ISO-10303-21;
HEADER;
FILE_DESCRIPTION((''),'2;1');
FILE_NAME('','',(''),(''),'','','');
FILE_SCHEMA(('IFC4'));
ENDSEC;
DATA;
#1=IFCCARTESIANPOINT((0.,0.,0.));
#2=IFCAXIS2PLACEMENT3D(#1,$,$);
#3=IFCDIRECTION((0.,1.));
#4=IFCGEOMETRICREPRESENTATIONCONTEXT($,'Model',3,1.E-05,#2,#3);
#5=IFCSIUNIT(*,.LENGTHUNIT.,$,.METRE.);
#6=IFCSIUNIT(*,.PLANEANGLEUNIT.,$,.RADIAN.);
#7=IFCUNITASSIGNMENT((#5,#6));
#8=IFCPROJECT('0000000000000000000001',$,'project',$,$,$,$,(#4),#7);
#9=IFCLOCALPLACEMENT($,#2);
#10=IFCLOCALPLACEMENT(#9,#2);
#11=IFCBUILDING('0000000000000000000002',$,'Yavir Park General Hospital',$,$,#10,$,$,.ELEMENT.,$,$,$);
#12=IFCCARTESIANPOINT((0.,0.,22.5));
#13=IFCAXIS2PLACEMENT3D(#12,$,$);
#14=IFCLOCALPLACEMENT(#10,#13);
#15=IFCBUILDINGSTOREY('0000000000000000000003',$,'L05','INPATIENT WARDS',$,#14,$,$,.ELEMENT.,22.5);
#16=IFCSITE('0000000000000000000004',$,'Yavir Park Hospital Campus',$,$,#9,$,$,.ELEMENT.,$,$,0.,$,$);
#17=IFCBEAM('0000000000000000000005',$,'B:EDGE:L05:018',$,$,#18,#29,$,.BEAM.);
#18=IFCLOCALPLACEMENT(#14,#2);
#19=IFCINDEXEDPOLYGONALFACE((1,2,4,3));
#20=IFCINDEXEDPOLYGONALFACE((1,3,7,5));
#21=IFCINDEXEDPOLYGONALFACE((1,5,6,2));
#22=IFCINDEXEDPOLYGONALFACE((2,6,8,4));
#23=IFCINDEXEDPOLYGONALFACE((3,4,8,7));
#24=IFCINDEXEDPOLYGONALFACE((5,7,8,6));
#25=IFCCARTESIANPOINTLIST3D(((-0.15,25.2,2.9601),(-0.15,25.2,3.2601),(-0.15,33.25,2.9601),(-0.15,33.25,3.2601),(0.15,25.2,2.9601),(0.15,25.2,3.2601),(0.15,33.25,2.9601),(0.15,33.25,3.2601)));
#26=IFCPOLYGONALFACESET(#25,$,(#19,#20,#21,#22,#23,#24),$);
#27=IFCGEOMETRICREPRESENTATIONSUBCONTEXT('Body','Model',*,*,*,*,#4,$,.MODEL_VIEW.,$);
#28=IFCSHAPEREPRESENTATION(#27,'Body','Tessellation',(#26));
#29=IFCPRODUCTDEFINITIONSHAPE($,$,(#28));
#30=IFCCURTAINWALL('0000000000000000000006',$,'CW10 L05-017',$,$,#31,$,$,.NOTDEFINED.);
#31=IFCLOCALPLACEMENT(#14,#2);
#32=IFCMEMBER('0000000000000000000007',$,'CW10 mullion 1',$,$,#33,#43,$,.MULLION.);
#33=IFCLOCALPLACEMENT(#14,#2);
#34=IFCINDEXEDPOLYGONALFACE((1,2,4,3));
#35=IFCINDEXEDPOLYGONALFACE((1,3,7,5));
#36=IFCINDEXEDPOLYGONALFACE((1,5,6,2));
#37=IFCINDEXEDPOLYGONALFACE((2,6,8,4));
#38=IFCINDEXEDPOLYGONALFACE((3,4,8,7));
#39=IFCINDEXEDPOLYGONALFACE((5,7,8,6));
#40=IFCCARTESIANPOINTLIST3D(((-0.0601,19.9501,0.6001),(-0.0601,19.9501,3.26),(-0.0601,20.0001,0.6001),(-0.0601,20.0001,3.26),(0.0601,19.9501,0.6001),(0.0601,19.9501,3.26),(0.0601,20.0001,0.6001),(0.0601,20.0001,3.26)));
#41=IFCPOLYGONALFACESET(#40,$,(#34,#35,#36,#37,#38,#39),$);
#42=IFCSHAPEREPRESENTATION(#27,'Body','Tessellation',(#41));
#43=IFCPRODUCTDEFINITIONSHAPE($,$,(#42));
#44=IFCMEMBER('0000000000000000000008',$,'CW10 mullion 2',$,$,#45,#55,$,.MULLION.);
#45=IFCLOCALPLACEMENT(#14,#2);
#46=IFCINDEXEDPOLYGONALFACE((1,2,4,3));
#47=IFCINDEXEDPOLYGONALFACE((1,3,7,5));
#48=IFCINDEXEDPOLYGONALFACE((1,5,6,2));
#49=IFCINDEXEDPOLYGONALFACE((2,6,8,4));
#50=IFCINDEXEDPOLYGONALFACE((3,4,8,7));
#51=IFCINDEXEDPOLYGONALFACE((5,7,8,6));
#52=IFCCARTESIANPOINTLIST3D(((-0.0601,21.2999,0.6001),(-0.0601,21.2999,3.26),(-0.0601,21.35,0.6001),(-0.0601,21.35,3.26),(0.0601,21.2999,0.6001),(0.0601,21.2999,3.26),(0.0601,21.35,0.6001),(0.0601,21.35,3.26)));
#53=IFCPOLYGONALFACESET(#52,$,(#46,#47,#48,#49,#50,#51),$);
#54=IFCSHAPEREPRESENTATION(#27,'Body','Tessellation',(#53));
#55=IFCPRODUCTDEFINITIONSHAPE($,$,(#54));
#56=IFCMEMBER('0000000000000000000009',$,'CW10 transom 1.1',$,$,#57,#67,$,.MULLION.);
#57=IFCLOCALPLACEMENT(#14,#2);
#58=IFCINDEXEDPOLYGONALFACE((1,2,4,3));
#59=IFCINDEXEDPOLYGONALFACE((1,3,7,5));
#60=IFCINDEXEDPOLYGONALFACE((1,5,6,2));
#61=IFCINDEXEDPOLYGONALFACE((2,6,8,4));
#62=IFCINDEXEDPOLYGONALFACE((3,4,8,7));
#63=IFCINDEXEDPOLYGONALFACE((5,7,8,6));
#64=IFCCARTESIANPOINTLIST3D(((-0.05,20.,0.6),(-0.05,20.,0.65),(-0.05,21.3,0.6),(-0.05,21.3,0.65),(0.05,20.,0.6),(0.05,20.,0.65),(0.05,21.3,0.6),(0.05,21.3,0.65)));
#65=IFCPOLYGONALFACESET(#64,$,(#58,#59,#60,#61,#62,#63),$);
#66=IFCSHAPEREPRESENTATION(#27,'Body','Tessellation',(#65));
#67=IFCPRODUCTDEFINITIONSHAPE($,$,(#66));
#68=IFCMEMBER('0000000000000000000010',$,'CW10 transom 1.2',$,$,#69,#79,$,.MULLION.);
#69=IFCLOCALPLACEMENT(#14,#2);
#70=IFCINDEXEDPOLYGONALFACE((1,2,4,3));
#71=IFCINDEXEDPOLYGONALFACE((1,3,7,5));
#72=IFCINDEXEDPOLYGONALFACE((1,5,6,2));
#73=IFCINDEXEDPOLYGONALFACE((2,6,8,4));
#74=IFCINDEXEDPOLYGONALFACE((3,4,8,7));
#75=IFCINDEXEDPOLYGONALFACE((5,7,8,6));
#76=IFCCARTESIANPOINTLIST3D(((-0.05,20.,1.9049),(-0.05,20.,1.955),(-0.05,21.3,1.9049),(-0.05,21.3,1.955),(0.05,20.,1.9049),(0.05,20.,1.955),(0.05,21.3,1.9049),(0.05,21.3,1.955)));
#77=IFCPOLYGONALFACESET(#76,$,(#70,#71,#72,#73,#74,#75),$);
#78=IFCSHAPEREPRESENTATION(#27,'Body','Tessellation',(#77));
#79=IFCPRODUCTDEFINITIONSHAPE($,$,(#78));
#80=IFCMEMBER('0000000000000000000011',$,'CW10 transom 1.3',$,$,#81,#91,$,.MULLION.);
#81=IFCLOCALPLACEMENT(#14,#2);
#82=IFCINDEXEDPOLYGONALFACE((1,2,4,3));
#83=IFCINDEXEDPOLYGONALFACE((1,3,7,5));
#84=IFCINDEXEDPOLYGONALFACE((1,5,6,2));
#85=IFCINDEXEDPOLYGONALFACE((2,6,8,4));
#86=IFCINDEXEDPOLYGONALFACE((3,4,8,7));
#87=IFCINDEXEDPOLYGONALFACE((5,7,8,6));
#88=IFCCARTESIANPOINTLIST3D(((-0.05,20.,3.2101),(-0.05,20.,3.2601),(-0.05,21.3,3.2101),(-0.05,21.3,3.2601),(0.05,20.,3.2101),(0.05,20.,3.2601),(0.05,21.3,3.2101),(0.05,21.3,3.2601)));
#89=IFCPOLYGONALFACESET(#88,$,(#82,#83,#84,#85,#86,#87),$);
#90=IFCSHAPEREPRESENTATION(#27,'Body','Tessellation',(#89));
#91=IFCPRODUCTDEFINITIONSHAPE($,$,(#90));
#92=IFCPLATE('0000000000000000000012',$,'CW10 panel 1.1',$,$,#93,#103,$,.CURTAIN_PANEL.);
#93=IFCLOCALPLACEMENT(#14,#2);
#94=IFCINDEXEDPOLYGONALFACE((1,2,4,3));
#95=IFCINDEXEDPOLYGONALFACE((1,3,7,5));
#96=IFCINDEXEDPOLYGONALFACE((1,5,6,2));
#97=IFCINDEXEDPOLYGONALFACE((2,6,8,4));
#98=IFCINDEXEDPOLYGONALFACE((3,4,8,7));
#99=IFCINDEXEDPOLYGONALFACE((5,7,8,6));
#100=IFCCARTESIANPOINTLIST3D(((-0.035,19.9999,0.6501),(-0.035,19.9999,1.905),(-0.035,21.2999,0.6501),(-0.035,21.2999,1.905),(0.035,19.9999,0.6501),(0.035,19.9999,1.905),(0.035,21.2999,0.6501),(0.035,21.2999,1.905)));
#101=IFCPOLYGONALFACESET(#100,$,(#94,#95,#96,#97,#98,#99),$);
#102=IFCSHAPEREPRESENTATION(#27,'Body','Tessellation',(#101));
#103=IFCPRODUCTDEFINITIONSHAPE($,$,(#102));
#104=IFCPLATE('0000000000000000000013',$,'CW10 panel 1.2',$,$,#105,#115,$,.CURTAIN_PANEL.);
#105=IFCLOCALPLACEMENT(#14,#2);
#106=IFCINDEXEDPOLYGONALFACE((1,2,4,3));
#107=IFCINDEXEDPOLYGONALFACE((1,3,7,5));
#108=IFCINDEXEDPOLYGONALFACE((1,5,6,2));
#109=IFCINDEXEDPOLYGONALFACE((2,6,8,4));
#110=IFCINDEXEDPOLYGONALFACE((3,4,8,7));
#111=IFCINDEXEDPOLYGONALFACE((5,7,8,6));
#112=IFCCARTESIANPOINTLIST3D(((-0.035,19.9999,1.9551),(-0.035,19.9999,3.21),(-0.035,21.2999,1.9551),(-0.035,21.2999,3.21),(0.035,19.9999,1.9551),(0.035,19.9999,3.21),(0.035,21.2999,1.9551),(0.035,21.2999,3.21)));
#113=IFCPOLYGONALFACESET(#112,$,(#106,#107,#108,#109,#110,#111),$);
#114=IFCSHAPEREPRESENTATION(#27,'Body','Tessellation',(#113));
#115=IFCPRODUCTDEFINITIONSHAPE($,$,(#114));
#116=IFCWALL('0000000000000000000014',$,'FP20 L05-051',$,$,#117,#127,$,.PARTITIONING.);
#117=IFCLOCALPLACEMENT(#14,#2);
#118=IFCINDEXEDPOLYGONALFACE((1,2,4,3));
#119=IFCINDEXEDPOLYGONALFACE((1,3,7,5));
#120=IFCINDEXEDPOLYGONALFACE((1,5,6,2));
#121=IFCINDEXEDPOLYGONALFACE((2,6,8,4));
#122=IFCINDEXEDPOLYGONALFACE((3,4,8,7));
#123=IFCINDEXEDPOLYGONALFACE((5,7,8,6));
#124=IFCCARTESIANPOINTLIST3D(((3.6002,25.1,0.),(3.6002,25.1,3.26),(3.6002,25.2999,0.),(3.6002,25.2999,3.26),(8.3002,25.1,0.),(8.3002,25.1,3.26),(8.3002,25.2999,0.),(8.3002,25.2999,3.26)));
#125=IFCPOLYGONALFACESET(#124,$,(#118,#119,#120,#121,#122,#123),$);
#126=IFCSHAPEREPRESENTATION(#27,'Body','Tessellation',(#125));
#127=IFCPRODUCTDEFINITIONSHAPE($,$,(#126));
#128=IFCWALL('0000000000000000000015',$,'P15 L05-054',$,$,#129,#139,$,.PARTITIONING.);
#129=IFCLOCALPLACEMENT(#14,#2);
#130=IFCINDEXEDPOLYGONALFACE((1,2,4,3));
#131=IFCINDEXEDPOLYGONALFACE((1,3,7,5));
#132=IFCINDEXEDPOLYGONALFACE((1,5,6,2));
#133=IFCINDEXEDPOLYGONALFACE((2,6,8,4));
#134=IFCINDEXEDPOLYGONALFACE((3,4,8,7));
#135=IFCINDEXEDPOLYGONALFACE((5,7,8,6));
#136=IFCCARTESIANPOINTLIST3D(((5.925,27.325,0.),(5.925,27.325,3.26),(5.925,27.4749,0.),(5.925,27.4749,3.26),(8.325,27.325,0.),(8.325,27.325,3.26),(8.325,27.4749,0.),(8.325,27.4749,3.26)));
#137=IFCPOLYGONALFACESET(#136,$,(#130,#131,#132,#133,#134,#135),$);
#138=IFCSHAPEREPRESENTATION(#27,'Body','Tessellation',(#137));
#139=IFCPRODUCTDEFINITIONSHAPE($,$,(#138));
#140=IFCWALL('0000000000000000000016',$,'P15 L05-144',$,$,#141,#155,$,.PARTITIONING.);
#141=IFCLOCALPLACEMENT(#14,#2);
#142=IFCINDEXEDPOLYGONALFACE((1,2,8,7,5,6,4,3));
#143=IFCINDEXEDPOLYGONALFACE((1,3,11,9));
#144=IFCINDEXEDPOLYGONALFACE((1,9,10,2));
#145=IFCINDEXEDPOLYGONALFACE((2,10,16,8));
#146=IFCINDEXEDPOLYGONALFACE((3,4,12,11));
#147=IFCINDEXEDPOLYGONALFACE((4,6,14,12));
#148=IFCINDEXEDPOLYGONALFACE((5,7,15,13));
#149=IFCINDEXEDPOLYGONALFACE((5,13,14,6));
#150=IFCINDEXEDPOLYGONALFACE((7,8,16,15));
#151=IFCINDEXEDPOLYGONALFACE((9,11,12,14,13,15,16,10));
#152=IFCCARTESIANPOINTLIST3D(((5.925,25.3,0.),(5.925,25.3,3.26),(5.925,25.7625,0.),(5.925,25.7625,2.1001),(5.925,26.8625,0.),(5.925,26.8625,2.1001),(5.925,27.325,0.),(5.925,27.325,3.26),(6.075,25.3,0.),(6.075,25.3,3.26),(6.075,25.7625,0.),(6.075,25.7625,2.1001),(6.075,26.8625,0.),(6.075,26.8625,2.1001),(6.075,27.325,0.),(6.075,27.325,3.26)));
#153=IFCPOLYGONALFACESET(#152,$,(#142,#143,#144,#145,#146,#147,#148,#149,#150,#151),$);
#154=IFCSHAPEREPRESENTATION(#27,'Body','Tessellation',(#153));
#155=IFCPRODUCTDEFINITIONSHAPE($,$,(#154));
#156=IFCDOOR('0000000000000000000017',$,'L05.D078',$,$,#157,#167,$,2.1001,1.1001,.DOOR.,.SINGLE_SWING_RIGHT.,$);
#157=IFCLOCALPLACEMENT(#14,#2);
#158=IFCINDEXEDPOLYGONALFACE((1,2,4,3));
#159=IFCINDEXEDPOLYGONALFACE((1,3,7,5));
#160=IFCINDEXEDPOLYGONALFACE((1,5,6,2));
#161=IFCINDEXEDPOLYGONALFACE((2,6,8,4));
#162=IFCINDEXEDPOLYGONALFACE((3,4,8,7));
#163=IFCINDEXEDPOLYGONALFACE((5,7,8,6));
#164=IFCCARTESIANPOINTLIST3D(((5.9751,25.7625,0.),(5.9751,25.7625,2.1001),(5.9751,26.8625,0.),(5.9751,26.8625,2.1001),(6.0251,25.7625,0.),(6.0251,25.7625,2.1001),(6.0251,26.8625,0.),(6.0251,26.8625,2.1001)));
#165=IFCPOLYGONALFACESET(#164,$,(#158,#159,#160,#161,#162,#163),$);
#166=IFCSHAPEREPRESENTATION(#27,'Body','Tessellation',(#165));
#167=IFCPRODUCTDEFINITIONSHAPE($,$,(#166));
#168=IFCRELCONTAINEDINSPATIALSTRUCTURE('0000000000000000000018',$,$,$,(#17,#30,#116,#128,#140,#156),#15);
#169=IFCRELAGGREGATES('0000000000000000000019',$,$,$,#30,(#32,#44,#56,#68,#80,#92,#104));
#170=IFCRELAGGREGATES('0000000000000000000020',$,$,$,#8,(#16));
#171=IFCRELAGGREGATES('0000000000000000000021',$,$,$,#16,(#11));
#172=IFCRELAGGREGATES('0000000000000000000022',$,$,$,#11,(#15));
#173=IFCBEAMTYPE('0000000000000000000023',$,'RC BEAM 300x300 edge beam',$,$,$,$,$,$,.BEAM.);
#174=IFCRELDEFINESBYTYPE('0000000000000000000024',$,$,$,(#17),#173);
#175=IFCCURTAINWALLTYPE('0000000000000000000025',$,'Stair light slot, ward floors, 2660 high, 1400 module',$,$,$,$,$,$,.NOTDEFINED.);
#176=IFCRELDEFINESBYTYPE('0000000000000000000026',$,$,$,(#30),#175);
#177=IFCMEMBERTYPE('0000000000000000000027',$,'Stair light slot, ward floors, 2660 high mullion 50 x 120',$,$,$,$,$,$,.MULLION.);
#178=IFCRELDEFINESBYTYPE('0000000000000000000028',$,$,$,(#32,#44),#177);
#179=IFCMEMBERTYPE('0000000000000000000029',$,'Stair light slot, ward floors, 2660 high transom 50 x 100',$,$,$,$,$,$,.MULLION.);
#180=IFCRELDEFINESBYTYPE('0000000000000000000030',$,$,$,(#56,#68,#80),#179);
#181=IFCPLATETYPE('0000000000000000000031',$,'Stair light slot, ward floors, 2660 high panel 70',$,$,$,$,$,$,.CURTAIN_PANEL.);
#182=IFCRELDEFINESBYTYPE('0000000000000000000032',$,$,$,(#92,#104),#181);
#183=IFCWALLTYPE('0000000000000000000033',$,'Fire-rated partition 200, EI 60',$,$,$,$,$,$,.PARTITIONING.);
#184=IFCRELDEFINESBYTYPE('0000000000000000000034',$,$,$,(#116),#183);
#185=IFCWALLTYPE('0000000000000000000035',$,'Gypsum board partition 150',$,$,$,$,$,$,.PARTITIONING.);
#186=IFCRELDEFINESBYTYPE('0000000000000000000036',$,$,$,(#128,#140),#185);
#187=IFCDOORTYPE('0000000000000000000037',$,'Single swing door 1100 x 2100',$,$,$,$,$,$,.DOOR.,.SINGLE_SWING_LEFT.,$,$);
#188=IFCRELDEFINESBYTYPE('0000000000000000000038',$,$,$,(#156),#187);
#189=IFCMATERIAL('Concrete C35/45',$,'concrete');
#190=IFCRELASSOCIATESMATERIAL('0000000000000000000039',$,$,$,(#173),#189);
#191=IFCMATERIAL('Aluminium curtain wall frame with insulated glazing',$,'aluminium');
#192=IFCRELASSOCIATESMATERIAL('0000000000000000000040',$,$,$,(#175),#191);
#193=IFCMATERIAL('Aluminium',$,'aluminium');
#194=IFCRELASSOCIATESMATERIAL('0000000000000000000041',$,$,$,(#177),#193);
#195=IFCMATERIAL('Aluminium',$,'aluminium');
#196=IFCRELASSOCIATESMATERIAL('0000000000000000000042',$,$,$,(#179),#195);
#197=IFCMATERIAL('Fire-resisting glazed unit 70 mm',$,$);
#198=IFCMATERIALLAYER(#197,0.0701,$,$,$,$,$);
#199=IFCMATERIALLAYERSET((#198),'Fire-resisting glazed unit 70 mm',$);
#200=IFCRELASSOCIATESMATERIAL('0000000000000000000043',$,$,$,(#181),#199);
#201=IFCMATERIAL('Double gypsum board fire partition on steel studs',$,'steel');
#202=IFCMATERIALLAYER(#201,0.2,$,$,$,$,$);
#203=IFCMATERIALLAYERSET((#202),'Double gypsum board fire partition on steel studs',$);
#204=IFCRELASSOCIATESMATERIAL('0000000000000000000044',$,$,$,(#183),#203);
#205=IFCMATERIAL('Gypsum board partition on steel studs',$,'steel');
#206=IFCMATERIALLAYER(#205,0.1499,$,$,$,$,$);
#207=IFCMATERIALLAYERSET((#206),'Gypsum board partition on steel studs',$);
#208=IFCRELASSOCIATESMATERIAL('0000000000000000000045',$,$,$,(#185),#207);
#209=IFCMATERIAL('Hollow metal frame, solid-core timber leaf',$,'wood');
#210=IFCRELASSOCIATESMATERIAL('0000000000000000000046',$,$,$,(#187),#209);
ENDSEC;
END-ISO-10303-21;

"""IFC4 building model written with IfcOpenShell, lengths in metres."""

from ifc_helpers import new_model, si_unit, direction, frame, frame_2d, origin, origin_2d, place, context, subcontext, project, spatial, rectangle, extrude, material, layer, layer_set, material_profile, profile_set, type_object, element, fill, aggregate, save


model = new_model("IFC4")

# Units and contexts
model_context = context("Model", 3, precision=1e-05, world=origin(), true_north=direction((0.0, 1.0)))
body_context = subcontext(model_context, "Body", "Model", "MODEL_VIEW")
ifc_project = project(units=[si_unit("LENGTHUNIT", "METRE"), si_unit("PLANEANGLEUNIT", "RADIAN")], contexts=[model_context])

# Site, building, storey
site_placement = place(None, origin())
site = spatial("IfcSite", under=ifc_project, at=site_placement, Name="Yavir Park Hospital Campus", CompositionType="ELEMENT", RefElevation=0.0)
building_placement = place(site_placement, origin())
building = spatial("IfcBuilding", under=site, at=building_placement, Name="Yavir Park General Hospital", CompositionType="ELEMENT")
storey_placement = place(building_placement, frame((0.0, 0.0, 22.5)))
storey = spatial("IfcBuildingStorey", under=building, at=storey_placement, Name="L05", Description="INPATIENT WARDS", CompositionType="ELEMENT", Elevation=22.5)

# Beam
ifc_material_1 = material(Name="Concrete C35/45", Category="concrete")
ifc_material_profile_1 = material_profile(ifc_material_1, rectangle(XDim=0.3, YDim=0.3, at=origin_2d()), Name="RC300x300")
ifc_profile_set_1 = profile_set([ifc_material_profile_1], Name="Concrete C35/45")
beam_type = type_object("IfcBeamType", Name="RC BEAM 300x300 edge beam", PredefinedType="BEAM", material=ifc_profile_set_1)
beam_placement = place(storey_placement, frame((0.0, 25.2, 3.1101), z_axis=(0.0, 1.0, 0.0), x_axis=(-1.0, 0.0, 0.0)))
element("IfcBeam", 1, at=beam_placement, inside=storey, type_object=beam_type, Name="B:EDGE:L05:018", PredefinedType="BEAM", context=body_context, shape_type="SweptSolid", body=[
    extrude(rectangle(XDim=0.3, YDim=0.3, at=origin_2d()), origin(), (0.0, 0.0, 1.0), 8.05),
])

# Curtain wall, members, plates
ifc_material_2 = material(Name="Aluminium curtain wall frame with insulated glazing", Category="aluminium")
curtain_wall_type = type_object("IfcCurtainWallType", Name="Stair light slot, ward floors, 2660 high, 1400 module", PredefinedType="NOTDEFINED", material=ifc_material_2)
curtain_wall_placement = place(storey_placement, origin())
curtain_wall = element("IfcCurtainWall", 2, at=curtain_wall_placement, inside=storey, type_object=curtain_wall_type, Name="CW10 L05-017", PredefinedType="NOTDEFINED")
ifc_material_3 = material(Name="Aluminium", Category="aluminium")
ifc_material_profile_2 = material_profile(ifc_material_3, rectangle(XDim=0.1201, YDim=0.05, at=origin_2d()), Name="AL 50x120")
ifc_profile_set_2 = profile_set([ifc_material_profile_2], Name="Aluminium")
member_type_1 = type_object("IfcMemberType", Name="Stair light slot, ward floors, 2660 high mullion 50 x 120", PredefinedType="MULLION", material=ifc_profile_set_2)
member_1_placement = place(storey_placement, frame((0.0, 19.9751, 0.6001), z_axis=(0.0, 0.0, 1.0), x_axis=(-1.0, 0.0, 0.0)))
member_1 = element("IfcMember", 3, at=member_1_placement, type_object=member_type_1, Name="CW10 mullion 1", PredefinedType="MULLION", context=body_context, shape_type="SweptSolid", body=[
    extrude(rectangle(XDim=0.1201, YDim=0.05, at=origin_2d()), origin(), (0.0, 0.0, 1.0), 2.6599),
])
member_2_placement = place(storey_placement, frame((0.0, 21.325, 0.6001), z_axis=(0.0, 0.0, 1.0), x_axis=(-1.0, 0.0, 0.0)))
member_2 = element("IfcMember", 4, at=member_2_placement, type_object=member_type_1, Name="CW10 mullion 2", PredefinedType="MULLION", context=body_context, shape_type="SweptSolid", body=[
    extrude(rectangle(XDim=0.1201, YDim=0.05, at=origin_2d()), origin(), (0.0, 0.0, 1.0), 2.6599),
])
ifc_material_4 = material(Name="Aluminium", Category="aluminium")
ifc_material_profile_3 = material_profile(ifc_material_4, rectangle(XDim=0.1001, YDim=0.05, at=origin_2d()), Name="AL 100x50")
ifc_profile_set_3 = profile_set([ifc_material_profile_3], Name="Aluminium")
member_type_2 = type_object("IfcMemberType", Name="Stair light slot, ward floors, 2660 high transom 50 x 100", PredefinedType="MULLION", material=ifc_profile_set_3)
member_3_placement = place(storey_placement, frame((0.0, 20.0, 0.625), z_axis=(0.0, 1.0, 0.0), x_axis=(-1.0, 0.0, 0.0)))
member_3 = element("IfcMember", 5, at=member_3_placement, type_object=member_type_2, Name="CW10 transom 1.1", PredefinedType="MULLION", context=body_context, shape_type="SweptSolid", body=[
    extrude(rectangle(XDim=0.1001, YDim=0.05, at=origin_2d()), origin(), (0.0, 0.0, 1.0), 1.3),
])
member_4_placement = place(storey_placement, frame((0.0, 20.0, 1.9299), z_axis=(0.0, 1.0, 0.0), x_axis=(-1.0, 0.0, 0.0)))
member_4 = element("IfcMember", 6, at=member_4_placement, type_object=member_type_2, Name="CW10 transom 1.2", PredefinedType="MULLION", context=body_context, shape_type="SweptSolid", body=[
    extrude(rectangle(XDim=0.1001, YDim=0.05, at=origin_2d()), origin(), (0.0, 0.0, 1.0), 1.3),
])
member_5_placement = place(storey_placement, frame((0.0, 20.0, 3.2351), z_axis=(0.0, 1.0, 0.0), x_axis=(-1.0, 0.0, 0.0)))
member_5 = element("IfcMember", 7, at=member_5_placement, type_object=member_type_2, Name="CW10 transom 1.3", PredefinedType="MULLION", context=body_context, shape_type="SweptSolid", body=[
    extrude(rectangle(XDim=0.1001, YDim=0.05, at=origin_2d()), origin(), (0.0, 0.0, 1.0), 1.3),
])
ifc_material_5 = material(Name="Fire-resisting glazed unit 70 mm")
ifc_layer_1 = layer(ifc_material_5, 0.0701)
ifc_layer_set_1 = layer_set([ifc_layer_1], Name="Fire-resisting glazed unit 70 mm")
plate_type = type_object("IfcPlateType", Name="Stair light slot, ward floors, 2660 high panel 70", PredefinedType="CURTAIN_PANEL", material=ifc_layer_set_1)
plate_1_placement = place(storey_placement, frame((0.0, 20.6499, 0.6501), z_axis=(0.0, 0.0, 1.0), x_axis=(0.0, 1.0, 0.0)))
plate_1 = element("IfcPlate", 8, at=plate_1_placement, type_object=plate_type, Name="CW10 panel 1.1", PredefinedType="CURTAIN_PANEL", context=body_context, shape_type="SweptSolid", body=[
    extrude(rectangle(XDim=1.3, YDim=0.0701, at=origin_2d()), origin(), (0.0, 0.0, 1.0), 1.2549),
])
plate_2_placement = place(storey_placement, frame((0.0, 20.6499, 1.9551), z_axis=(0.0, 0.0, 1.0), x_axis=(0.0, 1.0, 0.0)))
plate_2 = element("IfcPlate", 9, at=plate_2_placement, type_object=plate_type, Name="CW10 panel 1.2", PredefinedType="CURTAIN_PANEL", context=body_context, shape_type="SweptSolid", body=[
    extrude(rectangle(XDim=1.3, YDim=0.0701, at=origin_2d()), origin(), (0.0, 0.0, 1.0), 1.2549),
])
aggregate(curtain_wall, [member_1, member_2, member_3, member_4, member_5, plate_1, plate_2])

# Walls
ifc_material_6 = material(Name="Double gypsum board fire partition on steel studs", Category="steel")
ifc_layer_2 = layer(ifc_material_6, 0.2)
ifc_layer_set_2 = layer_set([ifc_layer_2], Name="Double gypsum board fire partition on steel studs")
wall_type_1 = type_object("IfcWallType", Name="Fire-rated partition 200, EI 60", PredefinedType="PARTITIONING", material=ifc_layer_set_2)
wall_1_placement = place(storey_placement, frame((3.6001, 25.2, 0.0), z_axis=(0.0, 0.0, 1.0), x_axis=(1.0, 0.0, 0.0)))
element("IfcWall", 10, at=wall_1_placement, inside=storey, type_object=wall_type_1, Name="FP20 L05-051", PredefinedType="PARTITIONING", context=body_context, shape_type="SweptSolid", body=[
    extrude(rectangle(XDim=4.7, YDim=0.2, at=frame_2d((2.3501, 0.0))), origin(), (0.0, 0.0, 1.0), 3.26),
])
ifc_material_7 = material(Name="Gypsum board partition on steel studs", Category="steel")
ifc_layer_3 = layer(ifc_material_7, 0.1499)
ifc_layer_set_3 = layer_set([ifc_layer_3], Name="Gypsum board partition on steel studs")
wall_type_2 = type_object("IfcWallType", Name="Gypsum board partition 150", PredefinedType="PARTITIONING", material=ifc_layer_set_3)
wall_2_placement = place(storey_placement, frame((5.925, 27.3999, 0.0), z_axis=(0.0, 0.0, 1.0), x_axis=(1.0, 0.0, 0.0)))
element("IfcWall", 11, at=wall_2_placement, inside=storey, type_object=wall_type_2, Name="P15 L05-054", PredefinedType="PARTITIONING", context=body_context, shape_type="SweptSolid", body=[
    extrude(rectangle(XDim=2.3999, YDim=0.1499, at=frame_2d((1.2, 0.0))), origin(), (0.0, 0.0, 1.0), 3.26),
])

# Wall, opening, door
wall_3_placement = place(storey_placement, frame((6.0, 25.3, 0.0), z_axis=(0.0, 0.0, 1.0), x_axis=(0.0, 1.0, 0.0)))
wall_3 = element("IfcWall", 12, at=wall_3_placement, inside=storey, type_object=wall_type_2, Name="P15 L05-144", PredefinedType="PARTITIONING", context=body_context, shape_type="SweptSolid", body=[
    extrude(rectangle(XDim=2.0249, YDim=0.1499, at=frame_2d((1.0125, 0.0))), origin(), (0.0, 0.0, 1.0), 3.26),
])
opening_1_placement = place(wall_3_placement, frame((0.4624, 0.0, 0.0)))
opening_1 = element("IfcOpeningElement", 13, at=opening_1_placement, cuts=wall_3, PredefinedType="OPENING", context=body_context, shape_type="SweptSolid", body=[
    extrude(rectangle(XDim=1.1001, YDim=2.1001, at=frame_2d((0.55, 1.05))), frame((0.0, 0.085, 0.0), z_axis=(0.0, -1.0, 0.0), x_axis=(1.0, 0.0, 0.0)), (0.0, 0.0, 1.0), 0.1699),
])
ifc_material_8 = material(Name="Hollow metal frame, solid-core timber leaf", Category="wood")
door_type = type_object("IfcDoorType", Name="Single swing door 1100 x 2100", OperationType="SINGLE_SWING_LEFT", PredefinedType="DOOR", material=ifc_material_8)
door_placement = place(opening_1_placement, origin())
door = element("IfcDoor", 14, at=door_placement, inside=storey, type_object=door_type, Name="L05.D078", OperationType="SINGLE_SWING_RIGHT", OverallHeight=2.1001, OverallWidth=1.1001, PredefinedType="DOOR", context=body_context, shape_type="SweptSolid", body=[
    extrude(rectangle(XDim=1.1001, YDim=2.1001, at=frame_2d((0.55, 1.05))), frame((0.0, 0.0249, 0.0), z_axis=(0.0, -1.0, 0.0), x_axis=(1.0, 0.0, 0.0)), (0.0, 0.0, 1.0), 0.05),
])
fill(opening_1, door)

save(model, "model.ifc")
